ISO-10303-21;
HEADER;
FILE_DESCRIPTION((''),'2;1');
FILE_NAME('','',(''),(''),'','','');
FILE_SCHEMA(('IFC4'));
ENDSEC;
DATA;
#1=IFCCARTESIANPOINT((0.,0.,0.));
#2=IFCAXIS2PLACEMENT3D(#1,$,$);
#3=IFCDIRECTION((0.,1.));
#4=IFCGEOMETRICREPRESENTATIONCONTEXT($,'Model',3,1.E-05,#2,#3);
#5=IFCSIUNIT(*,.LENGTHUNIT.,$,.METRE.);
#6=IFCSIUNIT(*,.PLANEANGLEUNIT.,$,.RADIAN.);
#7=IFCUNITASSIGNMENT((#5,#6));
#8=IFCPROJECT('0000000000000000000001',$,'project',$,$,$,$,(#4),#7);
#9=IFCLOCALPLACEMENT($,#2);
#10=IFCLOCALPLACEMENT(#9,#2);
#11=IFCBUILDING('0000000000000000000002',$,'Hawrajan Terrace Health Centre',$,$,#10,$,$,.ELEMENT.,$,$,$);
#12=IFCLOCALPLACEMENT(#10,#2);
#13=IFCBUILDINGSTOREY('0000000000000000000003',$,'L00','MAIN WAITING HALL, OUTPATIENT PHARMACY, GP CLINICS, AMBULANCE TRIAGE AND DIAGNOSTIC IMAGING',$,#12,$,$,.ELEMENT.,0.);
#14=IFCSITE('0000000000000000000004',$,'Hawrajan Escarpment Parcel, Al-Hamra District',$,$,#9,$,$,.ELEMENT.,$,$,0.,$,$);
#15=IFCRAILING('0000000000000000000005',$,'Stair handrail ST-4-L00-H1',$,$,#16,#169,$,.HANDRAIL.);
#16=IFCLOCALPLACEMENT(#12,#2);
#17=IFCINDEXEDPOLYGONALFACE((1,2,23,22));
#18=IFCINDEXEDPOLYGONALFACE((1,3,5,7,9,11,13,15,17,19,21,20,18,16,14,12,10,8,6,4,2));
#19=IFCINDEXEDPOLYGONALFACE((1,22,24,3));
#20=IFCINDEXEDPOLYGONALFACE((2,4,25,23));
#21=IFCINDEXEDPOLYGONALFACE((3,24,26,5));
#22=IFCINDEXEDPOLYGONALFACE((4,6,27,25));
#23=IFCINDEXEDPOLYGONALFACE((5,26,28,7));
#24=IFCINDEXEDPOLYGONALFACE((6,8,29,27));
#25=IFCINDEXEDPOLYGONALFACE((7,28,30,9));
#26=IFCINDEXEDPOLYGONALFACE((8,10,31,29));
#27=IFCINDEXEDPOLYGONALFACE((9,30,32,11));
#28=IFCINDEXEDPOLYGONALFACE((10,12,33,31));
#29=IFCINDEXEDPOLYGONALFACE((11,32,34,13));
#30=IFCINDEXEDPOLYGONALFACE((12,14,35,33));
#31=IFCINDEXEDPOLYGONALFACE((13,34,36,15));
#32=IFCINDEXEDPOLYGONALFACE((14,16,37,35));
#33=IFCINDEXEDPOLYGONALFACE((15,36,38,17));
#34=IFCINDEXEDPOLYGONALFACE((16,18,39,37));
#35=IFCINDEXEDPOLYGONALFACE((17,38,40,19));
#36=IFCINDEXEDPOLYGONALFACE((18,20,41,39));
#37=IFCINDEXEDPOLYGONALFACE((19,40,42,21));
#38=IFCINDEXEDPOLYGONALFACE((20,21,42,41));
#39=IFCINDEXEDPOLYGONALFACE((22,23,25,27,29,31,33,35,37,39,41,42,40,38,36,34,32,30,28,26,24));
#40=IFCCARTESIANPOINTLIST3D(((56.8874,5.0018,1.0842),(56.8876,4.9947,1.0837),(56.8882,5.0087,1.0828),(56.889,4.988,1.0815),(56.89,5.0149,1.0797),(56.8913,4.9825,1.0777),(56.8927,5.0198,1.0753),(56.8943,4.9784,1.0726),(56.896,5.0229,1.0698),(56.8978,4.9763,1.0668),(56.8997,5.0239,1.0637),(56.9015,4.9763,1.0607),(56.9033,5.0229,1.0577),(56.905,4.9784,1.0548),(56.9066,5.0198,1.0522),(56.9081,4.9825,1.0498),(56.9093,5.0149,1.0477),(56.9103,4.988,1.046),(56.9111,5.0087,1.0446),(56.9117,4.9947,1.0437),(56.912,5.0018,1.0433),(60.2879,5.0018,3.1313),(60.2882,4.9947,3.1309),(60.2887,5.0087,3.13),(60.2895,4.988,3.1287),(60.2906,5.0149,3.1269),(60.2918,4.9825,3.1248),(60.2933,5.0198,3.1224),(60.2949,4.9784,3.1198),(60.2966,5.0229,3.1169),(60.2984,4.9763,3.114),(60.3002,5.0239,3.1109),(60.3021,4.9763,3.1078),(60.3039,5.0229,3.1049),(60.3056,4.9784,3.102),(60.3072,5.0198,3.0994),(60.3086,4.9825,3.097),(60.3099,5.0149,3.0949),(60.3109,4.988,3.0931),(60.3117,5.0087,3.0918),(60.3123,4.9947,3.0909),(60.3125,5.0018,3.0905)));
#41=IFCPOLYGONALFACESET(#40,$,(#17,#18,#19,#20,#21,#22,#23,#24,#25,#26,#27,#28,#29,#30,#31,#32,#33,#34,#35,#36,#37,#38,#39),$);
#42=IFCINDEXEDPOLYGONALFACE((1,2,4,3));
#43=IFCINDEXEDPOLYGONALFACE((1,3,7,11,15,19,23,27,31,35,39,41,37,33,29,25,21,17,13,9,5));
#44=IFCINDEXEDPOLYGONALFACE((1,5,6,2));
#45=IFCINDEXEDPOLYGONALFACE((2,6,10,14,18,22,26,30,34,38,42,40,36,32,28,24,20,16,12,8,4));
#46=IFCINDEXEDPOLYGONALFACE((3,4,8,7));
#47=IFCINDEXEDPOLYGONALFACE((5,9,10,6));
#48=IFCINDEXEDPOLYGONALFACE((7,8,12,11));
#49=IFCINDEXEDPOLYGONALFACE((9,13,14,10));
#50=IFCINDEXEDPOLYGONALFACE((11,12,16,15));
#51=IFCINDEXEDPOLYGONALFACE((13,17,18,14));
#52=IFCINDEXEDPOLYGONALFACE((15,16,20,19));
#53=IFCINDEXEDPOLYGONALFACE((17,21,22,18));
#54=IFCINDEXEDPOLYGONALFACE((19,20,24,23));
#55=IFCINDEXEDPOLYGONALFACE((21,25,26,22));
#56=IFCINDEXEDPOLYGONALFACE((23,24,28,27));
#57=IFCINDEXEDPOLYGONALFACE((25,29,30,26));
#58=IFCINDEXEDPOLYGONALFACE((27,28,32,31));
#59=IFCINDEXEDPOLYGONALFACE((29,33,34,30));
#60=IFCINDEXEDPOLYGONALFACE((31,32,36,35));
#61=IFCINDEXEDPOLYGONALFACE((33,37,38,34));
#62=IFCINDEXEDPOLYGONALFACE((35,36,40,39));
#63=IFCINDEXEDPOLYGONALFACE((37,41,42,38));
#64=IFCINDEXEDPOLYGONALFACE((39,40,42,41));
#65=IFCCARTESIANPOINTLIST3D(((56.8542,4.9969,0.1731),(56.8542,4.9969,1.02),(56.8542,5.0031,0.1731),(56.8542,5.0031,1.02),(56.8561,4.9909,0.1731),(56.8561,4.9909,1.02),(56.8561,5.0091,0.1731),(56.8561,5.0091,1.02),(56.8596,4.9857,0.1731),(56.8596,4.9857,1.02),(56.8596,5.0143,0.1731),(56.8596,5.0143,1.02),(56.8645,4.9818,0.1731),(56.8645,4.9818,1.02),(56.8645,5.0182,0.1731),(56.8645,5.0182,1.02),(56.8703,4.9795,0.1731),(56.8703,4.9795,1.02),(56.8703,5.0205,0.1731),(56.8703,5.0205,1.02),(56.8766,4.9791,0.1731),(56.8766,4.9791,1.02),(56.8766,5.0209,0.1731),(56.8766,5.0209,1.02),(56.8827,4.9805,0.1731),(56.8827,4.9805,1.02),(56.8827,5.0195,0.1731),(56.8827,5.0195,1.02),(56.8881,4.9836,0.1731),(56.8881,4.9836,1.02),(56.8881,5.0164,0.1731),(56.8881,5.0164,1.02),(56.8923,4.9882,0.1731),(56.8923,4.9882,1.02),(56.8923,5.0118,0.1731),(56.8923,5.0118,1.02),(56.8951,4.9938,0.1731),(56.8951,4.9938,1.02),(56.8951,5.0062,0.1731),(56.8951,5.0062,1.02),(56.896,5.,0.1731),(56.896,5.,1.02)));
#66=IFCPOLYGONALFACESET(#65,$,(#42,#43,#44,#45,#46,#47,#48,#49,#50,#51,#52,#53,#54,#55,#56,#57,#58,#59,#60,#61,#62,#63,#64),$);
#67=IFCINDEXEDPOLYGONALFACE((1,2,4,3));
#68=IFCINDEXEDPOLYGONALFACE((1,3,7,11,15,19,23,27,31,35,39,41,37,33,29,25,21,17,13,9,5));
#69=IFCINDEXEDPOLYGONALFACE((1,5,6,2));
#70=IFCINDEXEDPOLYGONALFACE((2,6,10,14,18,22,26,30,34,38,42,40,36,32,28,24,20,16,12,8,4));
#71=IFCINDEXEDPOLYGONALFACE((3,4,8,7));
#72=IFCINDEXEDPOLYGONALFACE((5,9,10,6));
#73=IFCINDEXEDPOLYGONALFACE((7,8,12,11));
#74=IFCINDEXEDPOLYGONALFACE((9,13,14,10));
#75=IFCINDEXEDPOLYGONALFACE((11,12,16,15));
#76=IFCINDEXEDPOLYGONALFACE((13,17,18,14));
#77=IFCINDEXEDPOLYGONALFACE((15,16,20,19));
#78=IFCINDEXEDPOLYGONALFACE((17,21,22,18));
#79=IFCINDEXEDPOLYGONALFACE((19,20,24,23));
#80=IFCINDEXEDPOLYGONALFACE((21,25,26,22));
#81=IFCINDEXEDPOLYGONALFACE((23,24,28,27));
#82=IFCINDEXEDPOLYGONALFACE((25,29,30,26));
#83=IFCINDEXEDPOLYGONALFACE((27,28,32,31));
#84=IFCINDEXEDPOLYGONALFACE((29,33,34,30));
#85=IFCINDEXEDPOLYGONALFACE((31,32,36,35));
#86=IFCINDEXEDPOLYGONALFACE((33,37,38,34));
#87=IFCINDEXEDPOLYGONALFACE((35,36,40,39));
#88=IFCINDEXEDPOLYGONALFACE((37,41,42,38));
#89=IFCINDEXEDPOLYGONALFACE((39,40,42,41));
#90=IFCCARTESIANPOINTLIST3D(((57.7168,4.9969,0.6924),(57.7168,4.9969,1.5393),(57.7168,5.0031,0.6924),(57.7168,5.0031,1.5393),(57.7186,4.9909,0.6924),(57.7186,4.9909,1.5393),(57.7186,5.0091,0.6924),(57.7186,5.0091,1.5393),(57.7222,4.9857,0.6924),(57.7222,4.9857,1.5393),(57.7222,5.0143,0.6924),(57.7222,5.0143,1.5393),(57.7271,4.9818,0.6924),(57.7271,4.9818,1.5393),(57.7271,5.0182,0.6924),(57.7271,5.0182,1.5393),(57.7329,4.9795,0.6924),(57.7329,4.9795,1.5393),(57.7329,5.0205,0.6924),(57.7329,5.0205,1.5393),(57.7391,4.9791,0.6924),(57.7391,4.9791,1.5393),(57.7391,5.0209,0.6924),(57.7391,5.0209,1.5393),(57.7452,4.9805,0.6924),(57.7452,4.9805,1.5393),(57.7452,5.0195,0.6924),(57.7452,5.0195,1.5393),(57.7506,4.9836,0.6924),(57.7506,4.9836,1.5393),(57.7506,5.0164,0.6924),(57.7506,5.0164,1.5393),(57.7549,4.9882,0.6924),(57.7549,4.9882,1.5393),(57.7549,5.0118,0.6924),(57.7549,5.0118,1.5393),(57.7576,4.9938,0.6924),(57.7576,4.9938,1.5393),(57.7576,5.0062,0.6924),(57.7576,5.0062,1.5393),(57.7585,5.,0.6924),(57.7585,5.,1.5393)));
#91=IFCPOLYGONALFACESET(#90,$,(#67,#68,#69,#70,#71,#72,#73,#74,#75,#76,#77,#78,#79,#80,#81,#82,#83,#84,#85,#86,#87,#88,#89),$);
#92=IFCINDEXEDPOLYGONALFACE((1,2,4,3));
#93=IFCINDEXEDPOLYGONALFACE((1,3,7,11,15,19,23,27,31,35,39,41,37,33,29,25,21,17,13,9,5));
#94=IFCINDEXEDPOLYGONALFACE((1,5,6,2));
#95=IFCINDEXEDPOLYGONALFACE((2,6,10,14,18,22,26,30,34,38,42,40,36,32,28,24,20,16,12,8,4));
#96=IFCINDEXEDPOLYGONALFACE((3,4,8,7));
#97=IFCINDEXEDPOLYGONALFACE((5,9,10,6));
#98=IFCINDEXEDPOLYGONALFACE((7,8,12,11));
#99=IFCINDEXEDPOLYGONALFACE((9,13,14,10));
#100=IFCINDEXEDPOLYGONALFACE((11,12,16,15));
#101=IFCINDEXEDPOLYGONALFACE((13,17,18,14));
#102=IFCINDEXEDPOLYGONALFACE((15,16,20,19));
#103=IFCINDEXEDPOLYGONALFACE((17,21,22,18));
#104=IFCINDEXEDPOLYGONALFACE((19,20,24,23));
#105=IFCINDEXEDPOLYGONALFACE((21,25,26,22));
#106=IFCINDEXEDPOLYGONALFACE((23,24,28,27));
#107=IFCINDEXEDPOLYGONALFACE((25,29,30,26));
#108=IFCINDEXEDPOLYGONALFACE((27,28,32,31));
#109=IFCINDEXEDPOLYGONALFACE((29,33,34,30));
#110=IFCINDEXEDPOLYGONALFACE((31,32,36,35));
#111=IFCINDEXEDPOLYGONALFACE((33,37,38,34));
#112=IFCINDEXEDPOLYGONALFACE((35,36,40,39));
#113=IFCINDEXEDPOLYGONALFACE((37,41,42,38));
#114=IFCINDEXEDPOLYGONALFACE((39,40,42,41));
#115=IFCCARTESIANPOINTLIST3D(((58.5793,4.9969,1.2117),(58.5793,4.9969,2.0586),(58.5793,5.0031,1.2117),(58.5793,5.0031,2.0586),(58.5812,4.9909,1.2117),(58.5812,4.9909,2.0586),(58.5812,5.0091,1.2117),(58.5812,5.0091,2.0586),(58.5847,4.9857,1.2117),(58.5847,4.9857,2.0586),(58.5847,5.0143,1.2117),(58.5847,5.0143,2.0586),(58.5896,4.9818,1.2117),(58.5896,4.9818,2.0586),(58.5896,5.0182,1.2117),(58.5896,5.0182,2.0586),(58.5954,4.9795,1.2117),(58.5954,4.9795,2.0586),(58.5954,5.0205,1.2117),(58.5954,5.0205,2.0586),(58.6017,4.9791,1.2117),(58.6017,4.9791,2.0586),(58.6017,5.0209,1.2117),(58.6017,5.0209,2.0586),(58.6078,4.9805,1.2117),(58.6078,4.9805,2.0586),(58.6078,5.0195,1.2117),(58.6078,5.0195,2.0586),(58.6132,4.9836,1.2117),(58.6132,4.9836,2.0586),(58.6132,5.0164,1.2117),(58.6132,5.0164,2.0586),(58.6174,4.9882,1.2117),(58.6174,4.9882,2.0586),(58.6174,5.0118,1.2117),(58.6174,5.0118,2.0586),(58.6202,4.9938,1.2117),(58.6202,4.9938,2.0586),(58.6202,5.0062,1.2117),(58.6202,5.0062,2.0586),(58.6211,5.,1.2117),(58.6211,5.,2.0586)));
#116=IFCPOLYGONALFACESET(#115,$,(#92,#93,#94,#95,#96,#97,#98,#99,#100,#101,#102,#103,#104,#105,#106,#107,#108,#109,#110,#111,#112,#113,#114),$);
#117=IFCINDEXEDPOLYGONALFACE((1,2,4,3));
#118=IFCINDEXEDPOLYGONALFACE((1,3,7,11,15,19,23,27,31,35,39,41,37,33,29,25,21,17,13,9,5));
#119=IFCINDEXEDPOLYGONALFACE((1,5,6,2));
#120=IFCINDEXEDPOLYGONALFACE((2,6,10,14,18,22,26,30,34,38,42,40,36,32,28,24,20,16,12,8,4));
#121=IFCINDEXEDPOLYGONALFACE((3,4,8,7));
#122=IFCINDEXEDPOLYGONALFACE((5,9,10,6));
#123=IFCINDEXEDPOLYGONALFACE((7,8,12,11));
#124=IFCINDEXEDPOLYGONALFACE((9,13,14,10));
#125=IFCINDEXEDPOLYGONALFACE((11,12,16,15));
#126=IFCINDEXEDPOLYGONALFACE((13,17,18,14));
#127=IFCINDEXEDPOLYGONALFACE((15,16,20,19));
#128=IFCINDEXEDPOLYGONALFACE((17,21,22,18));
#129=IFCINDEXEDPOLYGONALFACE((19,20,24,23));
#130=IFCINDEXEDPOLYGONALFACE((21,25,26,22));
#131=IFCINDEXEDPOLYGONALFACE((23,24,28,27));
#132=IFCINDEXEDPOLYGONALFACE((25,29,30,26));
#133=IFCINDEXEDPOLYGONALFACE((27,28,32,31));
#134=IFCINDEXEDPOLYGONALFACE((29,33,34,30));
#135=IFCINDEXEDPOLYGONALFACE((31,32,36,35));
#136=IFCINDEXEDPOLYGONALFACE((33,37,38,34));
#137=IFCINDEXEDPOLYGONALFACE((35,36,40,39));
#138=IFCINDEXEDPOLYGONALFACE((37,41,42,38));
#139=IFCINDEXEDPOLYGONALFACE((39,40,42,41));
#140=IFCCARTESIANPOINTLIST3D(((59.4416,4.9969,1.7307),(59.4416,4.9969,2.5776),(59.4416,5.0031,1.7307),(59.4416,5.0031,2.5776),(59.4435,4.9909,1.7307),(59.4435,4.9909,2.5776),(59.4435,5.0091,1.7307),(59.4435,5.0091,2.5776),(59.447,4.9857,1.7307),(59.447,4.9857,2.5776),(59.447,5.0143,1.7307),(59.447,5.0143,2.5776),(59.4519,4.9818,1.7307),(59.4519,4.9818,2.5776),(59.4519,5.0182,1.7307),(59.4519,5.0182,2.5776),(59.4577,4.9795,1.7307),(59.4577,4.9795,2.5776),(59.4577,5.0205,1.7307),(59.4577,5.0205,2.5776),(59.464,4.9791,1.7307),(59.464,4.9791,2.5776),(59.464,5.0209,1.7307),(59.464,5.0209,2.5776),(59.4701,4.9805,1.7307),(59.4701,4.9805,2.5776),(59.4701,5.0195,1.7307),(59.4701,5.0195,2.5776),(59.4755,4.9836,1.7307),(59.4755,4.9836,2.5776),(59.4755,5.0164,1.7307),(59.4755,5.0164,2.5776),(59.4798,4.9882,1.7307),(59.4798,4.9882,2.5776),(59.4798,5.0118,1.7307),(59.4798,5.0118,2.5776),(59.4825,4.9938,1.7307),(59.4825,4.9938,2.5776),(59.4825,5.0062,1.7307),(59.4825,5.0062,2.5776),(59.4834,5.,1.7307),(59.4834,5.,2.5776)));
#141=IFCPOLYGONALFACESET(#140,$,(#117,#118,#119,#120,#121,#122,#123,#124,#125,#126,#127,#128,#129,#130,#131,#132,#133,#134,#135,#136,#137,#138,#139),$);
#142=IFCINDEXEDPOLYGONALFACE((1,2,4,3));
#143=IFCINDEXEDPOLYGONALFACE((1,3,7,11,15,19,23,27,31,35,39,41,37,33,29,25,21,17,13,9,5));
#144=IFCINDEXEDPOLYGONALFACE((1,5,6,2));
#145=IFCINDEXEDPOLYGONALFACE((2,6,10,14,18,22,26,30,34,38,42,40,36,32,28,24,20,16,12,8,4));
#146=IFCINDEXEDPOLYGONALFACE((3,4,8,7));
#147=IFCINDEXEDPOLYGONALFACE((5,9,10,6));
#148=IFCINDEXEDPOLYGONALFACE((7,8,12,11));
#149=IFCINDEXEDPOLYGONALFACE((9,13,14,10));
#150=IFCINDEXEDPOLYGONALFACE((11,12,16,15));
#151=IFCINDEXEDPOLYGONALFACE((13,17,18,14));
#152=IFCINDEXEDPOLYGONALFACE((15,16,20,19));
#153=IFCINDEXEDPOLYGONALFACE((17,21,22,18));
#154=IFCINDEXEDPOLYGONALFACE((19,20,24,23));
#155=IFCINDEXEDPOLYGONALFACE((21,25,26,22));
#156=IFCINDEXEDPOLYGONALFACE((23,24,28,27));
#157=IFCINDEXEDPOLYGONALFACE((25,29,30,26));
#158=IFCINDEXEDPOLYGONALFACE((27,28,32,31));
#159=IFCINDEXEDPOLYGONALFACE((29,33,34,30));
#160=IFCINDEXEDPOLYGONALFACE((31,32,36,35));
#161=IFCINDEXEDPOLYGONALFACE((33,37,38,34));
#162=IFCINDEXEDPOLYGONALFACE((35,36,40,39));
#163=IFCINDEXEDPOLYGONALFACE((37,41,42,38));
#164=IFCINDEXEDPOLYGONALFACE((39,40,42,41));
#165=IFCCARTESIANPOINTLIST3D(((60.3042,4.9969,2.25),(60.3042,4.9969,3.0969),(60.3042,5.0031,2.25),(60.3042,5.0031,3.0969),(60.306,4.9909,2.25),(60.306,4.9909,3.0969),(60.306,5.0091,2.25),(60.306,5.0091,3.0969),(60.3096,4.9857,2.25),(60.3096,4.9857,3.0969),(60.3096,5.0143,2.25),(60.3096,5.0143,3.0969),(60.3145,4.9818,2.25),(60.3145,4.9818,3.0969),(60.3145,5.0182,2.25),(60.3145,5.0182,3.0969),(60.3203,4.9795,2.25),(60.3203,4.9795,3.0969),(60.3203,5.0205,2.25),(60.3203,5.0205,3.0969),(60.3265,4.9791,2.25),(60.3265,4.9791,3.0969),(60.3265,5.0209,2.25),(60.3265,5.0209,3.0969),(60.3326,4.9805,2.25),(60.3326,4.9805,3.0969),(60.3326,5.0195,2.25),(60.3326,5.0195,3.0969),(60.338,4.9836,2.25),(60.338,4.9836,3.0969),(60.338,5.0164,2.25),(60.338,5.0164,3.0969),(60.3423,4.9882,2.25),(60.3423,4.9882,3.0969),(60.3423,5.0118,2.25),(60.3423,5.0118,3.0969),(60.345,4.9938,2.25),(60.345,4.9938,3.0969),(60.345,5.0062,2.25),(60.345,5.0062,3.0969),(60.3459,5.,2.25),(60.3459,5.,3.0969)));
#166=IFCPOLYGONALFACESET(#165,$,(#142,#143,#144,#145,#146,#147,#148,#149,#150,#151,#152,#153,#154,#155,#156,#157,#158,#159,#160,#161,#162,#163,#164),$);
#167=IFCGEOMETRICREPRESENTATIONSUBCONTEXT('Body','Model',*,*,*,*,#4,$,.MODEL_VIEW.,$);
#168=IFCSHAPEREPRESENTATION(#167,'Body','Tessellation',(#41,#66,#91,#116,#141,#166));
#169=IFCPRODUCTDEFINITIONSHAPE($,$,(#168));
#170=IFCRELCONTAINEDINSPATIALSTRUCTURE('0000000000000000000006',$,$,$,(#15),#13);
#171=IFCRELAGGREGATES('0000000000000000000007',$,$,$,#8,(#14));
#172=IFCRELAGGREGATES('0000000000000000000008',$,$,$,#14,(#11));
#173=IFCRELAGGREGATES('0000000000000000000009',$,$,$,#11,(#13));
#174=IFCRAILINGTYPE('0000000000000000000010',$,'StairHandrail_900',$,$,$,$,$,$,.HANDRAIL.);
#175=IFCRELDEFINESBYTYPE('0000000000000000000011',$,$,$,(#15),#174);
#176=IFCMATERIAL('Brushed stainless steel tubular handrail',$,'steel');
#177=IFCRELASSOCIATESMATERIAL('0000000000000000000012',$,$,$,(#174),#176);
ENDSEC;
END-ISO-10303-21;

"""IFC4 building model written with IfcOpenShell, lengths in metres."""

from ifc_helpers import new_model, si_unit, direction, frame, origin, origin_2d, place, context, subcontext, project, spatial, circle, extrude, material, type_object, element, save


model = new_model("IFC4")

# Units and contexts
model_context = context("Model", 3, precision=1e-05, world=origin(), true_north=direction((0.0, 1.0)))
body_context = subcontext(model_context, "Body", "Model", "MODEL_VIEW")
ifc_project = project(units=[si_unit("LENGTHUNIT", "METRE"), si_unit("PLANEANGLEUNIT", "RADIAN")], contexts=[model_context])

# Site, building, storey
site_placement = place(None, origin())
site = spatial("IfcSite", under=ifc_project, at=site_placement, Name="Hawrajan Escarpment Parcel, Al-Hamra District", CompositionType="ELEMENT", RefElevation=0.0)
building_placement = place(site_placement, origin())
building = spatial("IfcBuilding", under=site, at=building_placement, Name="Hawrajan Terrace Health Centre", CompositionType="ELEMENT")
storey_placement = place(building_placement, origin())
storey = spatial("IfcBuildingStorey", under=building, at=storey_placement, Name="L00", Description="MAIN WAITING HALL, OUTPATIENT PHARMACY, GP CLINICS, AMBULANCE TRIAGE AND DIAGNOSTIC IMAGING", CompositionType="ELEMENT", Elevation=0.0)

# Railing
ifc_material_1 = material(Name="Brushed stainless steel tubular handrail", Category="steel")
railing_type_1 = type_object("IfcRailingType", Name="StairHandrail_900", PredefinedType="HANDRAIL", material=ifc_material_1)
railing_1_placement = place(storey_placement, frame((56.875, 5.0, 0.1731)))
element("IfcRailing", 1, at=railing_1_placement, inside=storey, type_object=railing_type_1, Name="Stair handrail ST-4-L00-H1", PredefinedType="HANDRAIL", context=body_context, shape_type="SweptSolid", body=[
    extrude(circle(Radius=0.0239, at=origin_2d()), frame((0.0247, 0.0, 0.8906), z_axis=(0.856732, 0.0, 0.515761), x_axis=(0.0, 1.0, 0.0)), (0.0, 0.0, 1.0), 3.9692),
    extrude(circle(Radius=0.021, at=origin_2d()), origin(), (0.0, 0.0, 1.0), 0.8469),
    extrude(circle(Radius=0.021, at=origin_2d()), frame((0.8625, 0.0, 0.5193)), (0.0, 0.0, 1.0), 0.8469),
    extrude(circle(Radius=0.021, at=origin_2d()), frame((1.7251, 0.0, 1.0386)), (0.0, 0.0, 1.0), 0.8469),
    extrude(circle(Radius=0.021, at=origin_2d()), frame((2.5874, 0.0, 1.5576)), (0.0, 0.0, 1.0), 0.8469),
    extrude(circle(Radius=0.021, at=origin_2d()), frame((3.45, 0.0, 2.0769)), (0.0, 0.0, 1.0), 0.8469),
])

save(model, "model.ifc")
